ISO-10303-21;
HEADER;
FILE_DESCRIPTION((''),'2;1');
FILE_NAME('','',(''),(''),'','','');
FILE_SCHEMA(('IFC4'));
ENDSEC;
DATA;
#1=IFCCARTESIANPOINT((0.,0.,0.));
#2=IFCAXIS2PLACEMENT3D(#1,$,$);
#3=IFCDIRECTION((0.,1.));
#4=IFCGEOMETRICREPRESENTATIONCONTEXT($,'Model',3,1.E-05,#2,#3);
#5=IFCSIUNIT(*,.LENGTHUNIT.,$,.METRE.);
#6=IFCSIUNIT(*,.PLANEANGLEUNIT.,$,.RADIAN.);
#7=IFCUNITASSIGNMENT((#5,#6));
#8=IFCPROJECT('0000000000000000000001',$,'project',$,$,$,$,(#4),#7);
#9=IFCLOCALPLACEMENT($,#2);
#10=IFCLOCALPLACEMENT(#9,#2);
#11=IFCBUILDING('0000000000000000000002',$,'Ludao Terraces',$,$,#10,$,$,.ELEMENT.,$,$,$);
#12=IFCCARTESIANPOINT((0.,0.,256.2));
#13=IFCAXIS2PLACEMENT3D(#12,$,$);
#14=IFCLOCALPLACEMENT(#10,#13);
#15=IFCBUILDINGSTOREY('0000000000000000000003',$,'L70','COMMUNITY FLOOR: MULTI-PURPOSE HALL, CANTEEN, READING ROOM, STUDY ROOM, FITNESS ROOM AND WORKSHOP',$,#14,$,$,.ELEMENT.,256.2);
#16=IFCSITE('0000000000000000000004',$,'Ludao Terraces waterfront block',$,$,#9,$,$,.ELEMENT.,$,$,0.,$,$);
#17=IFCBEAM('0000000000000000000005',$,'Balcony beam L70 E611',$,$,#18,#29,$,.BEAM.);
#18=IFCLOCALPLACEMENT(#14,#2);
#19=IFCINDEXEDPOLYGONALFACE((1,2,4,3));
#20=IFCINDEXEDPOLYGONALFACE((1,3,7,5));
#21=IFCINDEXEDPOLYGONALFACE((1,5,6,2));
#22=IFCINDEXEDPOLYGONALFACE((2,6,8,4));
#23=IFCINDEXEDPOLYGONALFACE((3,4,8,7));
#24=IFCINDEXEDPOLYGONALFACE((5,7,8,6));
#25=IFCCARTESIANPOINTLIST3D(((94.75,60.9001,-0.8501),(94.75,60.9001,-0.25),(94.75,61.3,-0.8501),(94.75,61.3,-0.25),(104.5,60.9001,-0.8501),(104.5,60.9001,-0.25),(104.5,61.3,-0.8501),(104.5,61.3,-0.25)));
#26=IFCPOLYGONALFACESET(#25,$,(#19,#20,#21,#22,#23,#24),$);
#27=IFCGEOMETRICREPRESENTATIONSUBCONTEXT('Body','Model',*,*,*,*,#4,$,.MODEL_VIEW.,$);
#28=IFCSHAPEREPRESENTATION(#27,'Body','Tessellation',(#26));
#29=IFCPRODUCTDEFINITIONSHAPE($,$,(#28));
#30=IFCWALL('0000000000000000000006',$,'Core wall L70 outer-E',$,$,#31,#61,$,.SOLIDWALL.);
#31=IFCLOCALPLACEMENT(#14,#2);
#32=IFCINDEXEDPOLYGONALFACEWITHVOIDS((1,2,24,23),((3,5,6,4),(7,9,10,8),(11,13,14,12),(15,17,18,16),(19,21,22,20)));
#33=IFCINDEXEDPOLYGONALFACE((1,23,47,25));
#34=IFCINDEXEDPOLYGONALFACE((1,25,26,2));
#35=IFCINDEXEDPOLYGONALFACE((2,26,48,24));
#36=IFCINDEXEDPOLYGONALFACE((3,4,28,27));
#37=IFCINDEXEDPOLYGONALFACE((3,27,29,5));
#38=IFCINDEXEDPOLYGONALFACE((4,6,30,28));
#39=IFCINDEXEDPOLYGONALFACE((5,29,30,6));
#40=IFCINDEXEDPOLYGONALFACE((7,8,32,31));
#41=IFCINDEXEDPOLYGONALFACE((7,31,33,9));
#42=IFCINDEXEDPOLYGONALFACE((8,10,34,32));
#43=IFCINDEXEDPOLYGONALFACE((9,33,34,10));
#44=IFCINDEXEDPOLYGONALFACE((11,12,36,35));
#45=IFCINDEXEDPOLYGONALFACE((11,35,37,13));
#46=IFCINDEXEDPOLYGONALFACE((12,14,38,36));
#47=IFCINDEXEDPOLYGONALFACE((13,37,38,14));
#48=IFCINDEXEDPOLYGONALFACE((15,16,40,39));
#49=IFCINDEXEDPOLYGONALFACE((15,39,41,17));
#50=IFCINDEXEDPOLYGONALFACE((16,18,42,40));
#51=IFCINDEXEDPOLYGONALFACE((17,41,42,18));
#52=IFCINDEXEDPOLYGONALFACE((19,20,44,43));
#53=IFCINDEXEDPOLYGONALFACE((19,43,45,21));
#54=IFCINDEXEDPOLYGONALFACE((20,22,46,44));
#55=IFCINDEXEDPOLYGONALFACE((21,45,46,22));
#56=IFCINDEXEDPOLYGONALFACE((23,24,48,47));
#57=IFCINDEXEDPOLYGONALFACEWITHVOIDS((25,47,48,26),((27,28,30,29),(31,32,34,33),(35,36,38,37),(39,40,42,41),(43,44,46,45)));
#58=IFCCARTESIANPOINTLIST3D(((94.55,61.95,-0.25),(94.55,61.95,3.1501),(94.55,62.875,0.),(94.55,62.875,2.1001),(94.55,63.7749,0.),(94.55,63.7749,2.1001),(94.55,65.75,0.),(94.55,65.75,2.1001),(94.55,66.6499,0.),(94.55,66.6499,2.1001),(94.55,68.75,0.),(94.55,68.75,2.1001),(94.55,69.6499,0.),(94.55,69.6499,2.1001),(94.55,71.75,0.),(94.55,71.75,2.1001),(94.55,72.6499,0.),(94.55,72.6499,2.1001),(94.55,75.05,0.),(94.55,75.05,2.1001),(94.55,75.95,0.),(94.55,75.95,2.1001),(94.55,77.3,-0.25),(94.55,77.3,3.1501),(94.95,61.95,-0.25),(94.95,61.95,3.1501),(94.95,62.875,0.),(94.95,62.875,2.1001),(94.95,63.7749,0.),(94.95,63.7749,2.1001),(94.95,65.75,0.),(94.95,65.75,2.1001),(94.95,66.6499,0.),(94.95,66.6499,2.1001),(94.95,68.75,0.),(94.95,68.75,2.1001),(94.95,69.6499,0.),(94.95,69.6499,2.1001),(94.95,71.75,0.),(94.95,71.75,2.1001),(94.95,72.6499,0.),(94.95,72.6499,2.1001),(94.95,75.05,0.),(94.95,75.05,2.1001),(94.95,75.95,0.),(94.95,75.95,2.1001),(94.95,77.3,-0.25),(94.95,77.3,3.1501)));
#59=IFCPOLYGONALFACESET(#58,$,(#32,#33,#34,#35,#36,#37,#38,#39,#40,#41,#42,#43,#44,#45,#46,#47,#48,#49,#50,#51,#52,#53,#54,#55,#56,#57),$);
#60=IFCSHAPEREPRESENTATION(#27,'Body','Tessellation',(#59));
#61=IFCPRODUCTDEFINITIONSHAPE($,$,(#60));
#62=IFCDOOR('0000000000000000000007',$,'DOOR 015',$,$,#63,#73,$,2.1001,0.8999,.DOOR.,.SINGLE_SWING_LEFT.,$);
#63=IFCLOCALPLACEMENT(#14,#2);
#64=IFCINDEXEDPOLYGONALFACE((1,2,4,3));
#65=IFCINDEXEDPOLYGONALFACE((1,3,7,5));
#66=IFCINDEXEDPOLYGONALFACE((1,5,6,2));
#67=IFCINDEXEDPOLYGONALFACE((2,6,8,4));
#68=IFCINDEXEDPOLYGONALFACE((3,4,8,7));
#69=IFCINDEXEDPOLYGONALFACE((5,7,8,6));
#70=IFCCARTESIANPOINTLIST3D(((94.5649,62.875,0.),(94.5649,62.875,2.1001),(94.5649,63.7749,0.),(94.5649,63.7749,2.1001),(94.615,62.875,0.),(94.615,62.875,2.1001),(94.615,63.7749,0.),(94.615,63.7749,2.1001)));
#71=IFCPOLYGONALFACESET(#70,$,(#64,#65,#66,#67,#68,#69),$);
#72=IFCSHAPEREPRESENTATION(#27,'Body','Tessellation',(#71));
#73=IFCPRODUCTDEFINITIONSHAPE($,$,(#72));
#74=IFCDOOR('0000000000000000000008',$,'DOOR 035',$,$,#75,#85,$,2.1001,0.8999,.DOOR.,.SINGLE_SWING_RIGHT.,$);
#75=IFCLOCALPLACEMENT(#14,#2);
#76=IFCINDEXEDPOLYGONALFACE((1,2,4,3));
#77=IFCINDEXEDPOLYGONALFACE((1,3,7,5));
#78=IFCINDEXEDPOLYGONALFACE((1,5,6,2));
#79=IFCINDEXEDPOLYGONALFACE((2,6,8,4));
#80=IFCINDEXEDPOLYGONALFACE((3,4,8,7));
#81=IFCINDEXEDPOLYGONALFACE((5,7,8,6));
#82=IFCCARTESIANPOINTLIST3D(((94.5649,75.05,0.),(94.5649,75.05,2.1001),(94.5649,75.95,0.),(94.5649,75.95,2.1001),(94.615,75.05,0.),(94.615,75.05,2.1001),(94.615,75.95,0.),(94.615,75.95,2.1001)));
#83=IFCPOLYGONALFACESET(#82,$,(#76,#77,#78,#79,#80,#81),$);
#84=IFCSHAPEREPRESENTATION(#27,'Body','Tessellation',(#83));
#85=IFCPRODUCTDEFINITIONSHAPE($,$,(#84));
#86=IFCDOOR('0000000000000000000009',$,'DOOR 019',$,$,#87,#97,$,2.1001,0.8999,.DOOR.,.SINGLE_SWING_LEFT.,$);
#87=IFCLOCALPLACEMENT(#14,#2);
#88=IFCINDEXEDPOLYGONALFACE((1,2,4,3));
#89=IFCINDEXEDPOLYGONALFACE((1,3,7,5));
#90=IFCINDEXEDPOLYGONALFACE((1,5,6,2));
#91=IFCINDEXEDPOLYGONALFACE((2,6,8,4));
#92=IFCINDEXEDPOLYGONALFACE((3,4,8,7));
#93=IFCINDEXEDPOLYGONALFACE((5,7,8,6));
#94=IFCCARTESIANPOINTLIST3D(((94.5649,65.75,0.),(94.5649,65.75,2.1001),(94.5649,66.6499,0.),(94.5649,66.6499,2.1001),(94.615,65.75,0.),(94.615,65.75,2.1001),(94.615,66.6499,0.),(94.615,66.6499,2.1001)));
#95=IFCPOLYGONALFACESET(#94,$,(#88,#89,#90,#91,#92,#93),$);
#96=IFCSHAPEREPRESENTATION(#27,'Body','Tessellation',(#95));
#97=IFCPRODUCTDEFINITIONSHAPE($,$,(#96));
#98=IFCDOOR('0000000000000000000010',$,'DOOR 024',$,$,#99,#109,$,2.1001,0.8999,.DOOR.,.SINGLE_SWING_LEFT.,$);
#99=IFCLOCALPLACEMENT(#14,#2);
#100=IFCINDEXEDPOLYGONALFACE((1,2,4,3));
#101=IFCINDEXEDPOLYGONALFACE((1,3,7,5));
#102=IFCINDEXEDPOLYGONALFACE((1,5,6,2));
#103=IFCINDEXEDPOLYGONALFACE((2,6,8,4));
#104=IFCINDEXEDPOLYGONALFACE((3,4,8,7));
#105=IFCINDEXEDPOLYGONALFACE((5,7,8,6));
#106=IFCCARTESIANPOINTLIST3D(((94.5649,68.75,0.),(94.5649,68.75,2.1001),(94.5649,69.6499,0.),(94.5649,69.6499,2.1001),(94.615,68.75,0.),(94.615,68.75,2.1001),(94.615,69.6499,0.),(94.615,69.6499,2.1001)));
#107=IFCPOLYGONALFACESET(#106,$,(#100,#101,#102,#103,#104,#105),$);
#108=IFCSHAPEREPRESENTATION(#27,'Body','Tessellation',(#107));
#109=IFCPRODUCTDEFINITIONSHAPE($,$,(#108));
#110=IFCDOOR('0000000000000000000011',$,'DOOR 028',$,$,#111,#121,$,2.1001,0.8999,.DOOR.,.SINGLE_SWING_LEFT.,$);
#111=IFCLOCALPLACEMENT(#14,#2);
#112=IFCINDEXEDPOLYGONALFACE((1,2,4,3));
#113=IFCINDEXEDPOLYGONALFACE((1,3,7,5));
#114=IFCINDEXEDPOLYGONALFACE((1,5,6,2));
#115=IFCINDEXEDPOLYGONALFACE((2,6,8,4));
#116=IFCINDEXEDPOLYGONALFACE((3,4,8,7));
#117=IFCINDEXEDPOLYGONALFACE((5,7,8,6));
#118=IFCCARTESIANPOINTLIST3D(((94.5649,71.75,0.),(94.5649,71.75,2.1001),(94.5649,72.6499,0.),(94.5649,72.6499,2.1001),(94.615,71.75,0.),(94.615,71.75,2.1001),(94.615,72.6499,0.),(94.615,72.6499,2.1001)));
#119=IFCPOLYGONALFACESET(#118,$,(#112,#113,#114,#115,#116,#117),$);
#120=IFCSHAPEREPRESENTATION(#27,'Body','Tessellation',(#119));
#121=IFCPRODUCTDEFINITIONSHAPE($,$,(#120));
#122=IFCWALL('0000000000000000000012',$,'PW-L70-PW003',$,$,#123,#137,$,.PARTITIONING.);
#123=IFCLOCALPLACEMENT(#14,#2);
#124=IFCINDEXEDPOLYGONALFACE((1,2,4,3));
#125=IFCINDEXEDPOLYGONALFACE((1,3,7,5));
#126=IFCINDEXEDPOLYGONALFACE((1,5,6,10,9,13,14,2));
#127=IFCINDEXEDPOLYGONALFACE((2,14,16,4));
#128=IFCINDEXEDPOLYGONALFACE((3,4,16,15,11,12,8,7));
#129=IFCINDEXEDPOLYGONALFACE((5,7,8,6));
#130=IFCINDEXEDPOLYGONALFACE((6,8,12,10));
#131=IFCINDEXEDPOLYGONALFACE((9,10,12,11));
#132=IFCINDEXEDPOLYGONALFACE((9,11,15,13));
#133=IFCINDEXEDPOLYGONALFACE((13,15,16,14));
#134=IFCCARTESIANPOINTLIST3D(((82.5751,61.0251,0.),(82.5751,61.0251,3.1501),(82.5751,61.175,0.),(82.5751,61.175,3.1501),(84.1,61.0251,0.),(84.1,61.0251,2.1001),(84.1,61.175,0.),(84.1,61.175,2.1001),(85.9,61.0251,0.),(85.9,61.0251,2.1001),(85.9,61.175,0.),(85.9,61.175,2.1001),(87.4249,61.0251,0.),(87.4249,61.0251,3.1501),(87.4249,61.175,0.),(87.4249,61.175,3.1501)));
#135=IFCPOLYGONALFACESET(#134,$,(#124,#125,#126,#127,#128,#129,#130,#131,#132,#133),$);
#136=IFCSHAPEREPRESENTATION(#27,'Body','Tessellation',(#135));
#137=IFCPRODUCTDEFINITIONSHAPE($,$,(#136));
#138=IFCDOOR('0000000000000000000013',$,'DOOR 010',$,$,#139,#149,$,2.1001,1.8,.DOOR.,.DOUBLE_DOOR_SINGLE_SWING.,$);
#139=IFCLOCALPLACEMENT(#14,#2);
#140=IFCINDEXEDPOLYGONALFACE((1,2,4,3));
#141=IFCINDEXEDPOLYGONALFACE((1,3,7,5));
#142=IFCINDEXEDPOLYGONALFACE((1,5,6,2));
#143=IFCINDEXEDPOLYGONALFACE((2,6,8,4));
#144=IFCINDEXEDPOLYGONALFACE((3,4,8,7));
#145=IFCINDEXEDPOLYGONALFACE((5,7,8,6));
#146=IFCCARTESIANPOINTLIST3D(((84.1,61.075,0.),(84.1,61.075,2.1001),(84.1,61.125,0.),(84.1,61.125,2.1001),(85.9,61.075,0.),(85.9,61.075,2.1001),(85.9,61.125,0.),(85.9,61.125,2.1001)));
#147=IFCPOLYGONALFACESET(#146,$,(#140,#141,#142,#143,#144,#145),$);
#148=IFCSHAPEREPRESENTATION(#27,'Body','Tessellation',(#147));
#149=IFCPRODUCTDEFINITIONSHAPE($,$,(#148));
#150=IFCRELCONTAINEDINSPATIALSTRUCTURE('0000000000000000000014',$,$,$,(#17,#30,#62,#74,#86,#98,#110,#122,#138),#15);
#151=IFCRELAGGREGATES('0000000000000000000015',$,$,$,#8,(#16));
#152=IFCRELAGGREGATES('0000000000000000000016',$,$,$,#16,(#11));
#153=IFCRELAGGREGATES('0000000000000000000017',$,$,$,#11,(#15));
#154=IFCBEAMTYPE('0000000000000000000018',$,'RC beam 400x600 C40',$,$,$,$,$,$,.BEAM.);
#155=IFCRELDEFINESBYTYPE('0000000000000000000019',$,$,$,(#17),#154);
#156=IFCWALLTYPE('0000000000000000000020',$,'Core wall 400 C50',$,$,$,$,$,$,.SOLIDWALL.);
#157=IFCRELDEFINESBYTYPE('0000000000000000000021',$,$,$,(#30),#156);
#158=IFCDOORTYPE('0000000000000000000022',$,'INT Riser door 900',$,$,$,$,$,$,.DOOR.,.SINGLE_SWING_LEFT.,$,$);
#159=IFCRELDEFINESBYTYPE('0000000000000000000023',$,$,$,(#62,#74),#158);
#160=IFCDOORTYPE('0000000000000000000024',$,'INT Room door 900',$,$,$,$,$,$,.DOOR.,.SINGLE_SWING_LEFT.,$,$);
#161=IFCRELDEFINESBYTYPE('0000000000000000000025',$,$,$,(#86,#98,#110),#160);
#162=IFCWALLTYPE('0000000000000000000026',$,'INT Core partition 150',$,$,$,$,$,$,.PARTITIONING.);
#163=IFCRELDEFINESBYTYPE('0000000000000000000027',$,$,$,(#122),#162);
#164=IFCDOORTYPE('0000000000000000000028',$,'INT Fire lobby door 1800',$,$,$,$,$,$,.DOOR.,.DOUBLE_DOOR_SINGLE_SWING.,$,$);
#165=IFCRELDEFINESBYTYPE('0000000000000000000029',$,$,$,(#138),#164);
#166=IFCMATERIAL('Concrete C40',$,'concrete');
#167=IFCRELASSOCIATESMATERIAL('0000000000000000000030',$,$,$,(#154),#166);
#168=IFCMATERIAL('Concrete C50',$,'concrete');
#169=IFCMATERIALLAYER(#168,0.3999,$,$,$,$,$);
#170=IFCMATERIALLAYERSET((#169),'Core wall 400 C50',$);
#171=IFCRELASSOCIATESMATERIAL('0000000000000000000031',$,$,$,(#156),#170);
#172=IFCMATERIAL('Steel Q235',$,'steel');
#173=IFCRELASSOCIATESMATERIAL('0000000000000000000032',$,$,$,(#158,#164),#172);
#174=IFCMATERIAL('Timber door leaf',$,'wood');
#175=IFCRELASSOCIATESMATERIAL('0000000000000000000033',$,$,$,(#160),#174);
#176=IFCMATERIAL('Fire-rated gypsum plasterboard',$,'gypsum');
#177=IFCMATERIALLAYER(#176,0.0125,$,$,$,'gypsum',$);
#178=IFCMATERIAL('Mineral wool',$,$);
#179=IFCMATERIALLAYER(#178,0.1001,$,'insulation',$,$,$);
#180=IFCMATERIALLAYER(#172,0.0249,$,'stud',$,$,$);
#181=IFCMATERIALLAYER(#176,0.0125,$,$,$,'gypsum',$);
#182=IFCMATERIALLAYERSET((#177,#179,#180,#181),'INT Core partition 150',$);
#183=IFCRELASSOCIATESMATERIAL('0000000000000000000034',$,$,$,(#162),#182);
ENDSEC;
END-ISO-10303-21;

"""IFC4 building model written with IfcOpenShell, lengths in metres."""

from ifc_helpers import new_model, si_unit, direction, frame, frame_2d, origin, origin_2d, place, context, subcontext, project, spatial, rectangle, extrude, material, layer, layer_set, material_profile, profile_set, type_object, element, fill, save


model = new_model("IFC4")

# Units and contexts
model_context = context("Model", 3, precision=1e-05, world=origin(), true_north=direction((0.0, 1.0)))
body_context = subcontext(model_context, "Body", "Model", "MODEL_VIEW")
ifc_project = project(units=[si_unit("LENGTHUNIT", "METRE"), si_unit("PLANEANGLEUNIT", "RADIAN")], contexts=[model_context])

# Site, building, storey
site_placement = place(None, origin())
site = spatial("IfcSite", under=ifc_project, at=site_placement, Name="Ludao Terraces waterfront block", CompositionType="ELEMENT", RefElevation=0.0)
building_placement = place(site_placement, origin())
building = spatial("IfcBuilding", under=site, at=building_placement, Name="Ludao Terraces", CompositionType="ELEMENT")
storey_placement = place(building_placement, frame((0.0, 0.0, 256.2)))
storey = spatial("IfcBuildingStorey", under=building, at=storey_placement, Name="L70", Description="COMMUNITY FLOOR: MULTI-PURPOSE HALL, CANTEEN, READING ROOM, STUDY ROOM, FITNESS ROOM AND WORKSHOP", CompositionType="ELEMENT", Elevation=256.2)

# Beam
ifc_material_1 = material(Name="Concrete C40", Category="concrete")
ifc_material_profile = material_profile(ifc_material_1, rectangle(XDim=0.3999, YDim=0.6001, at=origin_2d()), Name="400 X 600")
ifc_profile_set = profile_set([ifc_material_profile], Name="Concrete C40")
beam_type = type_object("IfcBeamType", Name="RC beam 400x600 C40", PredefinedType="BEAM", material=ifc_profile_set)
beam_placement = place(storey_placement, frame((94.75, 61.1001, -0.55), z_axis=(1.0, 0.0, 0.0), x_axis=(0.0, 1.0, 0.0)))
element("IfcBeam", 1, at=beam_placement, inside=storey, type_object=beam_type, Name="Balcony beam L70 E611", PredefinedType="BEAM", context=body_context, shape_type="SweptSolid", body=[
    extrude(rectangle(XDim=0.3999, YDim=0.6001, at=origin_2d()), origin(), (0.0, 0.0, 1.0), 9.75),
])

# Wall, openings, doors
ifc_material_2 = material(Name="Concrete C50", Category="concrete")
ifc_layer_1 = layer(ifc_material_2, 0.3999)
ifc_layer_set_1 = layer_set([ifc_layer_1], Name="Core wall 400 C50")
wall_type_1 = type_object("IfcWallType", Name="Core wall 400 C50", PredefinedType="SOLIDWALL", material=ifc_layer_set_1)
wall_1_placement = place(storey_placement, frame((94.75, 61.95, -0.25), z_axis=(0.0, 0.0, 1.0), x_axis=(0.0, 1.0, 0.0)))
wall_1 = element("IfcWall", 2, at=wall_1_placement, inside=storey, type_object=wall_type_1, Name="Core wall L70 outer-E", PredefinedType="SOLIDWALL", context=body_context, shape_type="SweptSolid", body=[
    extrude(rectangle(XDim=15.3501, YDim=0.3999, at=frame_2d((7.675, 0.0))), origin(), (0.0, 0.0, 1.0), 3.4001),
])
opening_1_placement = place(wall_1_placement, frame((0.925, 0.0, 0.25)))
opening_1 = element("IfcOpeningElement", 3, at=opening_1_placement, cuts=wall_1, PredefinedType="OPENING", context=body_context, shape_type="SweptSolid", body=[
    extrude(rectangle(XDim=0.8999, YDim=2.1001, at=frame_2d((0.45, 1.05))), frame((0.0, 0.21, 0.0), z_axis=(0.0, -1.0, 0.0), x_axis=(1.0, 0.0, 0.0)), (0.0, 0.0, 1.0), 0.4199),
])
opening_2_placement = place(wall_1_placement, frame((3.8, 0.0, 0.25)))
opening_2 = element("IfcOpeningElement", 4, at=opening_2_placement, cuts=wall_1, PredefinedType="OPENING", context=body_context, shape_type="SweptSolid", body=[
    extrude(rectangle(XDim=0.8999, YDim=2.1001, at=frame_2d((0.45, 1.05))), frame((0.0, 0.21, 0.0), z_axis=(0.0, -1.0, 0.0), x_axis=(1.0, 0.0, 0.0)), (0.0, 0.0, 1.0), 0.4199),
])
opening_3_placement = place(wall_1_placement, frame((6.8, 0.0, 0.25)))
opening_3 = element("IfcOpeningElement", 5, at=opening_3_placement, cuts=wall_1, PredefinedType="OPENING", context=body_context, shape_type="SweptSolid", body=[
    extrude(rectangle(XDim=0.8999, YDim=2.1001, at=frame_2d((0.45, 1.05))), frame((0.0, 0.21, 0.0), z_axis=(0.0, -1.0, 0.0), x_axis=(1.0, 0.0, 0.0)), (0.0, 0.0, 1.0), 0.4199),
])
opening_4_placement = place(wall_1_placement, frame((9.8, 0.0, 0.25)))
opening_4 = element("IfcOpeningElement", 6, at=opening_4_placement, cuts=wall_1, PredefinedType="OPENING", context=body_context, shape_type="SweptSolid", body=[
    extrude(rectangle(XDim=0.8999, YDim=2.1001, at=frame_2d((0.45, 1.05))), frame((0.0, 0.21, 0.0), z_axis=(0.0, -1.0, 0.0), x_axis=(1.0, 0.0, 0.0)), (0.0, 0.0, 1.0), 0.4199),
])
opening_5_placement = place(wall_1_placement, frame((13.1001, 0.0, 0.25)))
opening_5 = element("IfcOpeningElement", 7, at=opening_5_placement, cuts=wall_1, PredefinedType="OPENING", context=body_context, shape_type="SweptSolid", body=[
    extrude(rectangle(XDim=0.8999, YDim=2.1001, at=frame_2d((0.45, 1.05))), frame((0.0, 0.21, 0.0), z_axis=(0.0, -1.0, 0.0), x_axis=(1.0, 0.0, 0.0)), (0.0, 0.0, 1.0), 0.4199),
])
ifc_material_3 = material(Name="Steel Q235", Category="steel")
door_type_1 = type_object("IfcDoorType", Name="INT Riser door 900", OperationType="SINGLE_SWING_LEFT", PredefinedType="DOOR", material=ifc_material_3)
door_1_placement = place(opening_1_placement, origin())
door_1 = element("IfcDoor", 8, at=door_1_placement, inside=storey, type_object=door_type_1, Name="DOOR 015", OperationType="SINGLE_SWING_LEFT", OverallHeight=2.1001, OverallWidth=0.8999, PredefinedType="DOOR", context=body_context, shape_type="SweptSolid", body=[
    extrude(rectangle(XDim=0.8999, YDim=2.1001, at=frame_2d((0.45, 1.05))), frame((0.0, 0.1851, 0.0), z_axis=(0.0, -1.0, 0.0), x_axis=(1.0, 0.0, 0.0)), (0.0, 0.0, 1.0), 0.05),
])
fill(opening_1, door_1)
door_2_placement = place(opening_5_placement, origin())
door_2 = element("IfcDoor", 9, at=door_2_placement, inside=storey, type_object=door_type_1, Name="DOOR 035", OperationType="SINGLE_SWING_RIGHT", OverallHeight=2.1001, OverallWidth=0.8999, PredefinedType="DOOR", context=body_context, shape_type="SweptSolid", body=[
    extrude(rectangle(XDim=0.8999, YDim=2.1001, at=frame_2d((0.45, 1.05))), frame((0.0, 0.1851, 0.0), z_axis=(0.0, -1.0, 0.0), x_axis=(1.0, 0.0, 0.0)), (0.0, 0.0, 1.0), 0.05),
])
fill(opening_5, door_2)
ifc_material_4 = material(Name="Timber door leaf", Category="wood")
door_type_2 = type_object("IfcDoorType", Name="INT Room door 900", OperationType="SINGLE_SWING_LEFT", PredefinedType="DOOR", material=ifc_material_4)
door_3_placement = place(opening_2_placement, origin())
door_3 = element("IfcDoor", 10, at=door_3_placement, inside=storey, type_object=door_type_2, Name="DOOR 019", OperationType="SINGLE_SWING_LEFT", OverallHeight=2.1001, OverallWidth=0.8999, PredefinedType="DOOR", context=body_context, shape_type="SweptSolid", body=[
    extrude(rectangle(XDim=0.8999, YDim=2.1001, at=frame_2d((0.45, 1.05))), frame((0.0, 0.1851, 0.0), z_axis=(0.0, -1.0, 0.0), x_axis=(1.0, 0.0, 0.0)), (0.0, 0.0, 1.0), 0.05),
])
fill(opening_2, door_3)
door_4_placement = place(opening_3_placement, origin())
door_4 = element("IfcDoor", 11, at=door_4_placement, inside=storey, type_object=door_type_2, Name="DOOR 024", OperationType="SINGLE_SWING_LEFT", OverallHeight=2.1001, OverallWidth=0.8999, PredefinedType="DOOR", context=body_context, shape_type="SweptSolid", body=[
    extrude(rectangle(XDim=0.8999, YDim=2.1001, at=frame_2d((0.45, 1.05))), frame((0.0, 0.1851, 0.0), z_axis=(0.0, -1.0, 0.0), x_axis=(1.0, 0.0, 0.0)), (0.0, 0.0, 1.0), 0.05),
])
fill(opening_3, door_4)
door_5_placement = place(opening_4_placement, origin())
door_5 = element("IfcDoor", 12, at=door_5_placement, inside=storey, type_object=door_type_2, Name="DOOR 028", OperationType="SINGLE_SWING_LEFT", OverallHeight=2.1001, OverallWidth=0.8999, PredefinedType="DOOR", context=body_context, shape_type="SweptSolid", body=[
    extrude(rectangle(XDim=0.8999, YDim=2.1001, at=frame_2d((0.45, 1.05))), frame((0.0, 0.1851, 0.0), z_axis=(0.0, -1.0, 0.0), x_axis=(1.0, 0.0, 0.0)), (0.0, 0.0, 1.0), 0.05),
])
fill(opening_4, door_5)

# Wall, opening, door
ifc_material_5 = material(Name="Fire-rated gypsum plasterboard", Category="gypsum")
ifc_layer_2 = layer(ifc_material_5, 0.0125, Category="gypsum")
ifc_material_6 = material(Name="Mineral wool")
ifc_layer_3 = layer(ifc_material_6, 0.1001, Name="insulation")
ifc_layer_4 = layer(ifc_material_3, 0.0249, Name="stud")
ifc_layer_5 = layer(ifc_material_5, 0.0125, Category="gypsum")
ifc_layer_set_2 = layer_set([ifc_layer_2, ifc_layer_3, ifc_layer_4, ifc_layer_5], Name="INT Core partition 150")
wall_type_2 = type_object("IfcWallType", Name="INT Core partition 150", PredefinedType="PARTITIONING", material=ifc_layer_set_2)
wall_2_placement = place(storey_placement, frame((82.5752, 61.1001, 0.0), z_axis=(0.0, 0.0, 1.0), x_axis=(1.0, 0.0, 0.0)))
wall_2 = element("IfcWall", 13, at=wall_2_placement, inside=storey, type_object=wall_type_2, Name="PW-L70-PW003", PredefinedType="PARTITIONING", context=body_context, shape_type="SweptSolid", body=[
    extrude(rectangle(XDim=4.8499, YDim=0.1499, at=frame_2d((2.4248, 0.0))), origin(), (0.0, 0.0, 1.0), 3.1501),
])
opening_6_placement = place(wall_2_placement, frame((1.5249, 0.0, 0.0)))
opening_6 = element("IfcOpeningElement", 14, at=opening_6_placement, cuts=wall_2, PredefinedType="OPENING", context=body_context, shape_type="SweptSolid", body=[
    extrude(rectangle(XDim=1.8, YDim=2.1001, at=frame_2d((0.8999, 1.05))), frame((0.0, 0.085, 0.0), z_axis=(0.0, -1.0, 0.0), x_axis=(1.0, 0.0, 0.0)), (0.0, 0.0, 1.0), 0.1699),
])
door_type_3 = type_object("IfcDoorType", Name="INT Fire lobby door 1800", OperationType="DOUBLE_DOOR_SINGLE_SWING", PredefinedType="DOOR", material=ifc_material_3)
door_6_placement = place(opening_6_placement, origin())
door_6 = element("IfcDoor", 15, at=door_6_placement, inside=storey, type_object=door_type_3, Name="DOOR 010", OperationType="DOUBLE_DOOR_SINGLE_SWING", OverallHeight=2.1001, OverallWidth=1.8, PredefinedType="DOOR", context=body_context, shape_type="SweptSolid", body=[
    extrude(rectangle(XDim=1.8, YDim=2.1001, at=frame_2d((0.8999, 1.05))), frame((0.0, 0.0249, 0.0), z_axis=(0.0, -1.0, 0.0), x_axis=(1.0, 0.0, 0.0)), (0.0, 0.0, 1.0), 0.05),
])
fill(opening_6, door_6)

save(model, "model.ifc")
